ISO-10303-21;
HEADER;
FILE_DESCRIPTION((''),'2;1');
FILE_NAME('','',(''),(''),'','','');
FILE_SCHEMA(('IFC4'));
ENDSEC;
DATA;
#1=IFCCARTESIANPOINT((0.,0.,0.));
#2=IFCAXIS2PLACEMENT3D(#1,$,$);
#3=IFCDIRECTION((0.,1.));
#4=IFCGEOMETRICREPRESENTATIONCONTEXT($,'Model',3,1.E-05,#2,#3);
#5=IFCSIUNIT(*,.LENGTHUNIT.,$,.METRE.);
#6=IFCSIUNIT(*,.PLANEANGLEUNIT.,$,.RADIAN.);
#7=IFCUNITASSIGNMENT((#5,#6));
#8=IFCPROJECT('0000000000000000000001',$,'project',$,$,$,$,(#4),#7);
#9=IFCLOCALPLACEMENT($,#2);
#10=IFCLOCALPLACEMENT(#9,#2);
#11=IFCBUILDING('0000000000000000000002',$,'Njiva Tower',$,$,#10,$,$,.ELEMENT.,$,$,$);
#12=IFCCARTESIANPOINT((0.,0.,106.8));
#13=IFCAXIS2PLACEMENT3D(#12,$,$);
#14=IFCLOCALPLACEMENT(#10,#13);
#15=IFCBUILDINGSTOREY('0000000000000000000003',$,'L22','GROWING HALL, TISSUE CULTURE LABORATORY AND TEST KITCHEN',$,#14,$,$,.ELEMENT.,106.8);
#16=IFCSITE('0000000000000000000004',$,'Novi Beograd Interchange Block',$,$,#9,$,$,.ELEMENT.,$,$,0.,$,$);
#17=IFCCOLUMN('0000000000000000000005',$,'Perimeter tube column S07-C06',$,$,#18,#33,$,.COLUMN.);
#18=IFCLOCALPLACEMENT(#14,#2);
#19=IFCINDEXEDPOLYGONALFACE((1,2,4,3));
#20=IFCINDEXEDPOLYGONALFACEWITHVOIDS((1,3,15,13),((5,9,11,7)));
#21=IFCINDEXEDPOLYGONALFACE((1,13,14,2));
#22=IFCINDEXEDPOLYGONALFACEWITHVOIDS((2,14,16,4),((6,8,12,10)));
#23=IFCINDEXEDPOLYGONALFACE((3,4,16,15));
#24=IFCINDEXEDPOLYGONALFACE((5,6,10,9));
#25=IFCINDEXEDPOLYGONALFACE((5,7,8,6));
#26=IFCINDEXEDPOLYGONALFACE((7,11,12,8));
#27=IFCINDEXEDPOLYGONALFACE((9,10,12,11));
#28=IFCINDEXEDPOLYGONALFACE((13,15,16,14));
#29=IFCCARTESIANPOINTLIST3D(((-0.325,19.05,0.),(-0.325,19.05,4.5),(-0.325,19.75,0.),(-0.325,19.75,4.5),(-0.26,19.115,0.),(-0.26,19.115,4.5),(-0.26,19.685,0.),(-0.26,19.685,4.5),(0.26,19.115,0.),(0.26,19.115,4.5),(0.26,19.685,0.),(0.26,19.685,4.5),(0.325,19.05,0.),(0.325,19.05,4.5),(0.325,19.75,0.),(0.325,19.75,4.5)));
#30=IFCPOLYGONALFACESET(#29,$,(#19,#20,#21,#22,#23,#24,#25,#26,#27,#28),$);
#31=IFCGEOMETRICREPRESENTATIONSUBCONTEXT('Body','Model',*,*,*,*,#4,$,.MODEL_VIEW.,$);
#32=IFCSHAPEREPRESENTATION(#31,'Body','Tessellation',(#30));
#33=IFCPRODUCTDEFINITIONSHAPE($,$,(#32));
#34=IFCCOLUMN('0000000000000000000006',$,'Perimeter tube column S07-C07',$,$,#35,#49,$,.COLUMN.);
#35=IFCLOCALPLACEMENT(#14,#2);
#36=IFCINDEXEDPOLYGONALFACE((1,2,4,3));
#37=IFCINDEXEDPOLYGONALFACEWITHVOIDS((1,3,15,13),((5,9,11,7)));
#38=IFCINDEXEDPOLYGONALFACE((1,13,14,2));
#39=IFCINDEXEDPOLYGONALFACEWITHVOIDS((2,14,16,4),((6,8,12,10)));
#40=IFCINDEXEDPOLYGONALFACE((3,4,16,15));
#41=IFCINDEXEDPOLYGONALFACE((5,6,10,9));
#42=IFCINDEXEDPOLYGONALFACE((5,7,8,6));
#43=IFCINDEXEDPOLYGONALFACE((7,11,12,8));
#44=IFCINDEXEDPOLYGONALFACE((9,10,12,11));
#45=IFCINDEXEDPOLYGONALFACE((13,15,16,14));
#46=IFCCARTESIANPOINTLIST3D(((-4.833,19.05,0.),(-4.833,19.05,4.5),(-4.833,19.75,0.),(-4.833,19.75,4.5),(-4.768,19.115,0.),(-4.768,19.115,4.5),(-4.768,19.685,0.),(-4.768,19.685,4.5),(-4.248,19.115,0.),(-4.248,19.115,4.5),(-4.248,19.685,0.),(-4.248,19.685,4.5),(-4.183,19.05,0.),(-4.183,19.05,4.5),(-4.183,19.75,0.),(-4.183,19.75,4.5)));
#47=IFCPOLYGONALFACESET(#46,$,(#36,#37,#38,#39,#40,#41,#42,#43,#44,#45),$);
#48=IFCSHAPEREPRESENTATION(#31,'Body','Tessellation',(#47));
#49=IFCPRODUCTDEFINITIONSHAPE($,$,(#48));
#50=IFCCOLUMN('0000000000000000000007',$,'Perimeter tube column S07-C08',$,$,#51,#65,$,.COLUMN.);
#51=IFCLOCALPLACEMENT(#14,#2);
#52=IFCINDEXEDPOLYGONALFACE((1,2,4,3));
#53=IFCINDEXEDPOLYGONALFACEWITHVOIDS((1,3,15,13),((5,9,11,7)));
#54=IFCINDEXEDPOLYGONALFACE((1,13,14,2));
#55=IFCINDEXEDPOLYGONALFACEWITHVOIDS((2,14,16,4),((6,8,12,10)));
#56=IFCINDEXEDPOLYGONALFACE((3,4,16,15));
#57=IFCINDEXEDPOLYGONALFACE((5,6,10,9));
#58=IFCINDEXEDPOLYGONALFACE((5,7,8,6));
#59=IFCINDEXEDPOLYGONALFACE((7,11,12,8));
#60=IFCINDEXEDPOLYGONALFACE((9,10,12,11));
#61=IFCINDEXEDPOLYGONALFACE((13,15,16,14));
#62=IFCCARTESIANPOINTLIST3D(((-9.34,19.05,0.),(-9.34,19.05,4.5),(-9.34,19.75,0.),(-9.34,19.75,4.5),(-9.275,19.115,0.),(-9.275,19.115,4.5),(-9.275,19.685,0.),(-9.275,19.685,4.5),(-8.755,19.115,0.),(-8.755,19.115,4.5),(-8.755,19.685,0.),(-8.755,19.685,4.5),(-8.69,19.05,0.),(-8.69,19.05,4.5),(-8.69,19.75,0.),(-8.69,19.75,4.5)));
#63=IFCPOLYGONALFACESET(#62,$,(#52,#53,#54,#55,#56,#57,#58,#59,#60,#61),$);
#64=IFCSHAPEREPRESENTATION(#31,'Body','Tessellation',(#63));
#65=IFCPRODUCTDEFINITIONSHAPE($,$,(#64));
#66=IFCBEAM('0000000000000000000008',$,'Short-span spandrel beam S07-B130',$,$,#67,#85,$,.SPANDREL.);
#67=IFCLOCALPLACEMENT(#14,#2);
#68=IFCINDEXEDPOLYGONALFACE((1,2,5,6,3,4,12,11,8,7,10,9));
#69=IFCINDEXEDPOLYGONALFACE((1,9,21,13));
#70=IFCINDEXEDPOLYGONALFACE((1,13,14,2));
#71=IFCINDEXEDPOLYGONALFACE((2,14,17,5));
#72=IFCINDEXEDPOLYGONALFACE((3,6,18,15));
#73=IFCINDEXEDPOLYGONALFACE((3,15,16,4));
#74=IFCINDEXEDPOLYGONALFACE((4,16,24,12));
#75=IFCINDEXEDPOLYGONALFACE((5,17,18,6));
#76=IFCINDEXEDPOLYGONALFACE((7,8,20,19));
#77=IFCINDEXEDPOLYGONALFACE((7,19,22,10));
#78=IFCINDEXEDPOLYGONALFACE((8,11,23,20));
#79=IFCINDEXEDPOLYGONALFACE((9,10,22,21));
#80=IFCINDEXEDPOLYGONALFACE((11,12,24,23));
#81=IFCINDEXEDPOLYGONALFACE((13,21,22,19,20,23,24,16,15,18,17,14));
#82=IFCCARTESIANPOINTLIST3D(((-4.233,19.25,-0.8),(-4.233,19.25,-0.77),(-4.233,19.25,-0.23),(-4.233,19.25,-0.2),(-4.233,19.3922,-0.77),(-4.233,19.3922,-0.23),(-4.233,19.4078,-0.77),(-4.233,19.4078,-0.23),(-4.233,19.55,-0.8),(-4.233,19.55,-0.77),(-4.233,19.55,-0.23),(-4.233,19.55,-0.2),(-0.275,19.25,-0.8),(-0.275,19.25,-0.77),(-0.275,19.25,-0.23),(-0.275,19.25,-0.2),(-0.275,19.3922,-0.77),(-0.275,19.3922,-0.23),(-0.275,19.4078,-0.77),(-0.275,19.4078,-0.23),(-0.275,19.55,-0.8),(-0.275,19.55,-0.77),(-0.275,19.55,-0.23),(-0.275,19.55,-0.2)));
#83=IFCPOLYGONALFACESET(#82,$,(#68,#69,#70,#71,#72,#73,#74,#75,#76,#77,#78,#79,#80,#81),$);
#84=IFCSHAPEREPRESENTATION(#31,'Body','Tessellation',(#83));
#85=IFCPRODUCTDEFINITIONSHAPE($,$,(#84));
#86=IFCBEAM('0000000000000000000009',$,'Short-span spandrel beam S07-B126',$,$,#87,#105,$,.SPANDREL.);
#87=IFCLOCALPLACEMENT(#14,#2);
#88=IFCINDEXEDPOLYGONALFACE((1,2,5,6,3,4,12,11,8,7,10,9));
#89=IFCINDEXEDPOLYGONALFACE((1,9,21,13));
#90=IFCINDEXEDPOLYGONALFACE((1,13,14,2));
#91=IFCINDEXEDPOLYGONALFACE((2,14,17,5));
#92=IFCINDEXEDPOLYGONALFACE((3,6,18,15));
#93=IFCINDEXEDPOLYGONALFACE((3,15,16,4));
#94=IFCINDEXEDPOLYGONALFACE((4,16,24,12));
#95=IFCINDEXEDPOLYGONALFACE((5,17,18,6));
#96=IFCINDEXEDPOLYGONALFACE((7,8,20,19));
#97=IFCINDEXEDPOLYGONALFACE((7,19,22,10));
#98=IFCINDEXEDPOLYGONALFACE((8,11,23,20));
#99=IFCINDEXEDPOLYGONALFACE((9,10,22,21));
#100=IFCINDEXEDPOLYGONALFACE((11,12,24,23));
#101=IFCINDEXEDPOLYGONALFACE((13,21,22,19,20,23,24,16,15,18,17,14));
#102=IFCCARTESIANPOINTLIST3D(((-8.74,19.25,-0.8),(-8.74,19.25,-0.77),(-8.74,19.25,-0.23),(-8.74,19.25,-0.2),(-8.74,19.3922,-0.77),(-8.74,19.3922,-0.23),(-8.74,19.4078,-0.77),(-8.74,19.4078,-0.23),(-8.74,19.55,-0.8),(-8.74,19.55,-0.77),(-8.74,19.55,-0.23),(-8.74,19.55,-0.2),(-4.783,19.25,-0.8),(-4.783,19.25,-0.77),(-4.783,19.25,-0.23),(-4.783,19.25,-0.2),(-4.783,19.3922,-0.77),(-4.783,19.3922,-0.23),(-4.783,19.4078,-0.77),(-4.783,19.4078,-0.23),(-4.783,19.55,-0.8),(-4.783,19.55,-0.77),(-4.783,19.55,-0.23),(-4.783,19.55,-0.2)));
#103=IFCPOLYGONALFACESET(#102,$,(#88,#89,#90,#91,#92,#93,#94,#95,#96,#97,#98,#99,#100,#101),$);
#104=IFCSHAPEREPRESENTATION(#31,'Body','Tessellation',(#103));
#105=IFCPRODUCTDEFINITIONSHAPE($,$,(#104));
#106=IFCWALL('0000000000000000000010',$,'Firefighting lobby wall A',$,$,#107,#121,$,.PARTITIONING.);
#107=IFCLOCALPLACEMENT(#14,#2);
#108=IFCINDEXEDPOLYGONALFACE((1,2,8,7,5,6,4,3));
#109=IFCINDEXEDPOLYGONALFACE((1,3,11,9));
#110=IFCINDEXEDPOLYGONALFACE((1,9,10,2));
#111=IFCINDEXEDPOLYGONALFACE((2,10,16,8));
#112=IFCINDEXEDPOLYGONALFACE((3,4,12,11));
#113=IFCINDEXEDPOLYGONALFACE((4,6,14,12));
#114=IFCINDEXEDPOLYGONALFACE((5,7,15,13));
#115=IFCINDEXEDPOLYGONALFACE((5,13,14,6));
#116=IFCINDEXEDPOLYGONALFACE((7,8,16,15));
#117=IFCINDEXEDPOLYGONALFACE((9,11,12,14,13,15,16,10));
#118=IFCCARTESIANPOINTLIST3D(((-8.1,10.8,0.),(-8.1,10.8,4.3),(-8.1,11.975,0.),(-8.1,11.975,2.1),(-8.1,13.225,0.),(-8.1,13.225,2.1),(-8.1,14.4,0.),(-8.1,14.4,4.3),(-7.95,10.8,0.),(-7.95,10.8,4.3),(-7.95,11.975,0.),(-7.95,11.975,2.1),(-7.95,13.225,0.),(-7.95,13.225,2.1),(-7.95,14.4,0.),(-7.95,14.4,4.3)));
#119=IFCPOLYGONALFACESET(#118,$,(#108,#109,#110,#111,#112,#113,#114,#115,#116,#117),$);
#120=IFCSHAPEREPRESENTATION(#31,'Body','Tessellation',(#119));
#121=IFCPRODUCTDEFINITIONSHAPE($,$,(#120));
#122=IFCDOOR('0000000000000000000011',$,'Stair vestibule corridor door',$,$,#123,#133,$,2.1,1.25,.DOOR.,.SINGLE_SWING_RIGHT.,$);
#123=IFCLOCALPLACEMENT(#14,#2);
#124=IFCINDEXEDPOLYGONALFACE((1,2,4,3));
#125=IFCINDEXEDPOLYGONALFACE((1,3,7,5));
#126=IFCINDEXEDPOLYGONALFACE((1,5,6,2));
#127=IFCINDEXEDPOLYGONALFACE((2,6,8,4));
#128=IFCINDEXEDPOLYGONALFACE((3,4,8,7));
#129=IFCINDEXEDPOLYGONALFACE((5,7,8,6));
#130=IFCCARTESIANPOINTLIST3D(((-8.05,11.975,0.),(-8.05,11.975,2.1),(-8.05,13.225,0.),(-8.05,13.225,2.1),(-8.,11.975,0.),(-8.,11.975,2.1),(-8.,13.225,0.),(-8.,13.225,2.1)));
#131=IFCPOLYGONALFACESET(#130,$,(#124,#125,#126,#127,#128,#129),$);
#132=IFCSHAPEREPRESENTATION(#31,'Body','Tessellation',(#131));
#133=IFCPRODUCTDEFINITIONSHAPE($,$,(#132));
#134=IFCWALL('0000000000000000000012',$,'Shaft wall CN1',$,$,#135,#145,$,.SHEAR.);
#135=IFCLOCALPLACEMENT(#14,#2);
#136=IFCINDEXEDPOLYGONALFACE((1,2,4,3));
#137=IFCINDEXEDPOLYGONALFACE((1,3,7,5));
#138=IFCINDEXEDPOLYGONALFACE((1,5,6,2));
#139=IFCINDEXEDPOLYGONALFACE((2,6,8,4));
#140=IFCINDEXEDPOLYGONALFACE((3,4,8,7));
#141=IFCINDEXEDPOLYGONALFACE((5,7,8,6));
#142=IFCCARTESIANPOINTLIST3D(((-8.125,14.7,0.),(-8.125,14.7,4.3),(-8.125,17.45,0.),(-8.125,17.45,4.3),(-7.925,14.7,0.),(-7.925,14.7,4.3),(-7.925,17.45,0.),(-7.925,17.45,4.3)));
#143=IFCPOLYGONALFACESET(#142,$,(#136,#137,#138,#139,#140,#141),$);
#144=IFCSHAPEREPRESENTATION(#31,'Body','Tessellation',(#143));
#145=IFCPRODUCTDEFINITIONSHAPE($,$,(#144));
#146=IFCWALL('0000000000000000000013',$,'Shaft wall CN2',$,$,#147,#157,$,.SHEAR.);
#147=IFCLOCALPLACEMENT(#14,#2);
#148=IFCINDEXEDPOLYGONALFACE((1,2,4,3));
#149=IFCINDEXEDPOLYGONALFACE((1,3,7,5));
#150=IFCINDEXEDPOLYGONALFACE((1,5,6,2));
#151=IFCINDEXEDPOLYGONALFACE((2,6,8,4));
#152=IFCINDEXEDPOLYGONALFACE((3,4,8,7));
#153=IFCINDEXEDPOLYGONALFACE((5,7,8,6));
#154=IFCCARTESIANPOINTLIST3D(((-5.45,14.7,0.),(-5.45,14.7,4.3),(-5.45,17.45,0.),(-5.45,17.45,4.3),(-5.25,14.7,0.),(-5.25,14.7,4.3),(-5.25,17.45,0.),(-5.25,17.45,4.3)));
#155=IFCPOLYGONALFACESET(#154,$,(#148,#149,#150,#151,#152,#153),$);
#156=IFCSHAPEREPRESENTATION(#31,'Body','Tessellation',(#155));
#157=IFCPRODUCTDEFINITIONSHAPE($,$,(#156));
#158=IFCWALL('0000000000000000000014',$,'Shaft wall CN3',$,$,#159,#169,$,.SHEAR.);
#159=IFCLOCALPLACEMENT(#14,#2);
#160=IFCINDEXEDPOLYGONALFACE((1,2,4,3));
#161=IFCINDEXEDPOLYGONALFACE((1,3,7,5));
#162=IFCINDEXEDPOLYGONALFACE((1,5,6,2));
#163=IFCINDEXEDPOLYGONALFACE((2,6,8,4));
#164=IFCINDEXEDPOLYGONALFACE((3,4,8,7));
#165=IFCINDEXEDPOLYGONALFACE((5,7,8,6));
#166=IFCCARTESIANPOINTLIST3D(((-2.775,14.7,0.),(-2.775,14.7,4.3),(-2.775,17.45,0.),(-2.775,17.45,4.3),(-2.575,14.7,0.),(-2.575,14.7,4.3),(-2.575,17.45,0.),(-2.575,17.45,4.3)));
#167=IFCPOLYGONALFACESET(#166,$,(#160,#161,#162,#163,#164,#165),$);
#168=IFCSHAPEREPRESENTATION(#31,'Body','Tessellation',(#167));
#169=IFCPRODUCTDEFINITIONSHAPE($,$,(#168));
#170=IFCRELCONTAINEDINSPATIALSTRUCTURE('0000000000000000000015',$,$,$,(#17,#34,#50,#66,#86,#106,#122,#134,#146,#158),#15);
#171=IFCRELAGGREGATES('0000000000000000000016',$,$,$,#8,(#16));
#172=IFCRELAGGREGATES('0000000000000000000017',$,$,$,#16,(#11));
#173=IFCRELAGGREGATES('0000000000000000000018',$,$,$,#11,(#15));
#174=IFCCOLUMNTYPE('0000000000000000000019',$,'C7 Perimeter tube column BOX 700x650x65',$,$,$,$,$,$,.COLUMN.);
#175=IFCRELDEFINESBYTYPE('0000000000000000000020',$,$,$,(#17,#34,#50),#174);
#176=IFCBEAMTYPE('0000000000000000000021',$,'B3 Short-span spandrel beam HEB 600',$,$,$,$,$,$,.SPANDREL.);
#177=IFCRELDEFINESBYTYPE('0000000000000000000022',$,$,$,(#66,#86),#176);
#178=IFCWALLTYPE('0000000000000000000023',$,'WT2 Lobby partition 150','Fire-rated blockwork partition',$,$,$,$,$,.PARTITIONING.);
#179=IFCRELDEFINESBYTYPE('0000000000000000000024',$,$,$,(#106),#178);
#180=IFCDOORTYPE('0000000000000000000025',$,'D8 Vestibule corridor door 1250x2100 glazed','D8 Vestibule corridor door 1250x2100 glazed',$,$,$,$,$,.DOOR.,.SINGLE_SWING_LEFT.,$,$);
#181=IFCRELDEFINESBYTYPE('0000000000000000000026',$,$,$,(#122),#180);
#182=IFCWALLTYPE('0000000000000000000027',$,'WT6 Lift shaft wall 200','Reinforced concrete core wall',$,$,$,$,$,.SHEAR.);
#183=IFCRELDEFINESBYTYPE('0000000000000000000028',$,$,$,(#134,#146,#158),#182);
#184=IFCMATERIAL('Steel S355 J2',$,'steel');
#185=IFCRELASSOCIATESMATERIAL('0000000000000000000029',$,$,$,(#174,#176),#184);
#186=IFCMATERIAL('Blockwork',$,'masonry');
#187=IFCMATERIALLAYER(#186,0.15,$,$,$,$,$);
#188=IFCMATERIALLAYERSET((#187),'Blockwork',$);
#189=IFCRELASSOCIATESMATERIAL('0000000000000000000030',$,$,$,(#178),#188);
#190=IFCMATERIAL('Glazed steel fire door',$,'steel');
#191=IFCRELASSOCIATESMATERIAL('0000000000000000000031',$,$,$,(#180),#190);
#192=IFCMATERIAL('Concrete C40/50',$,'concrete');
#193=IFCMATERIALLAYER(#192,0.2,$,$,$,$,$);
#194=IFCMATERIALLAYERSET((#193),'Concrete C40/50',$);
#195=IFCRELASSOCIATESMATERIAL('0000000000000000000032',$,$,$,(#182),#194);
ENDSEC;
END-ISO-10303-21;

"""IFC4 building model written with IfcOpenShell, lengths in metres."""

from ifc_helpers import new_model, si_unit, direction, frame, frame_2d, origin, origin_2d, place, context, subcontext, project, spatial, rectangle, hollow_rectangle, i_section, extrude, material, layer, layer_set, material_profile, profile_set, type_object, element, fill, save


model = new_model("IFC4")

# Units and contexts
model_context = context("Model", 3, precision=1e-05, world=origin(), true_north=direction((0.0, 1.0)))
body_context = subcontext(model_context, "Body", "Model", "MODEL_VIEW")
ifc_project = project(units=[si_unit("LENGTHUNIT", "METRE"), si_unit("PLANEANGLEUNIT", "RADIAN")], contexts=[model_context])

# Site, building, storey
site_placement = place(None, origin())
site = spatial("IfcSite", under=ifc_project, at=site_placement, Name="Novi Beograd Interchange Block", CompositionType="ELEMENT", RefElevation=0.0)
building_placement = place(site_placement, origin())
building = spatial("IfcBuilding", under=site, at=building_placement, Name="Njiva Tower", CompositionType="ELEMENT")
storey_placement = place(building_placement, frame((0.0, 0.0, 106.8)))
storey = spatial("IfcBuildingStorey", under=building, at=storey_placement, Name="L22", Description="GROWING HALL, TISSUE CULTURE LABORATORY AND TEST KITCHEN", CompositionType="ELEMENT", Elevation=106.8)

# Columns
ifc_material_1 = material(Name="Steel S355 J2", Category="steel")
ifc_material_profile_1 = material_profile(ifc_material_1, hollow_rectangle(XDim=0.65, YDim=0.7, WallThickness=0.065, at=origin_2d()), Name="BOX 700x650x65")
ifc_profile_set_1 = profile_set([ifc_material_profile_1], Name="Steel S355 J2")
column_type = type_object("IfcColumnType", Name="C7 Perimeter tube column BOX 700x650x65", PredefinedType="COLUMN", material=ifc_profile_set_1)
for number, where, z_axis, x_axis, name in (
    (1, (0.0, 19.4, 0.0), (0.0, 0.0, 1.0), (-1.0, 0.0, 0.0), "Perimeter tube column S07-C06"),
    (2, (-4.508, 19.4, 0.0), (0.0, 0.0, 1.0), (-1.0, 0.0, 0.0), "Perimeter tube column S07-C07"),
    (3, (-9.015, 19.4, 0.0), (0.0, 0.0, 1.0), (-1.0, 0.0, 0.0), "Perimeter tube column S07-C08"),
):
    element("IfcColumn", number, at=place(storey_placement, frame(where, z_axis=z_axis, x_axis=x_axis)), inside=storey, type_object=column_type, Name=name, PredefinedType="COLUMN", context=body_context, shape_type="SweptSolid", body=[
        extrude(hollow_rectangle(XDim=0.65, YDim=0.7, WallThickness=0.065, at=origin_2d()), origin(), (0.0, 0.0, 1.0), 4.5),
    ])

# Beams
ifc_material_profile_2 = material_profile(ifc_material_1, i_section(OverallWidth=0.3, OverallDepth=0.6, WebThickness=0.0155, FlangeThickness=0.03, at=origin_2d()), Name="HEB 600")
ifc_profile_set_2 = profile_set([ifc_material_profile_2], Name="Steel S355 J2")
beam_type = type_object("IfcBeamType", Name="B3 Short-span spandrel beam HEB 600", PredefinedType="SPANDREL", material=ifc_profile_set_2)
beam_1_placement = place(storey_placement, frame((-0.275, 19.4, -0.5), z_axis=(-1.0, 0.0, 0.0), x_axis=(0.0, -1.0, 0.0)))
element("IfcBeam", 4, at=beam_1_placement, inside=storey, type_object=beam_type, Name="Short-span spandrel beam S07-B130", PredefinedType="SPANDREL", context=body_context, shape_type="SweptSolid", body=[
    extrude(i_section(OverallWidth=0.3, OverallDepth=0.6, WebThickness=0.0155, FlangeThickness=0.03, at=origin_2d()), origin(), (0.0, 0.0, 1.0), 3.958),
])
beam_2_placement = place(storey_placement, frame((-4.783, 19.4, -0.5), z_axis=(-1.0, 0.0, 0.0), x_axis=(0.0, -1.0, 0.0)))
element("IfcBeam", 5, at=beam_2_placement, inside=storey, type_object=beam_type, Name="Short-span spandrel beam S07-B126", PredefinedType="SPANDREL", context=body_context, shape_type="SweptSolid", body=[
    extrude(i_section(OverallWidth=0.3, OverallDepth=0.6, WebThickness=0.0155, FlangeThickness=0.03, at=origin_2d()), origin(), (0.0, 0.0, 1.0), 3.957),
])

# Wall, opening, door
ifc_material_2 = material(Name="Blockwork", Category="masonry")
ifc_layer_1 = layer(ifc_material_2, 0.15)
ifc_layer_set_1 = layer_set([ifc_layer_1], Name="Blockwork")
wall_type_1 = type_object("IfcWallType", Name="WT2 Lobby partition 150", Description="Fire-rated blockwork partition", PredefinedType="PARTITIONING", material=ifc_layer_set_1)
wall_placement = place(storey_placement, frame((-8.025, 10.8, 0.0), z_axis=(0.0, 0.0, 1.0), x_axis=(0.0, 1.0, 0.0)))
wall = element("IfcWall", 6, at=wall_placement, inside=storey, type_object=wall_type_1, Name="Firefighting lobby wall A", PredefinedType="PARTITIONING", context=body_context, shape_type="SweptSolid", body=[
    extrude(rectangle(XDim=3.6, YDim=0.15, at=frame_2d((1.8, 0.0))), origin(), (0.0, 0.0, 1.0), 4.3),
])
opening_placement = place(wall_placement, frame((1.175, 0.0, 0.0)))
opening = element("IfcOpeningElement", 7, at=opening_placement, cuts=wall, PredefinedType="OPENING", context=body_context, shape_type="SweptSolid", body=[
    extrude(rectangle(XDim=1.25, YDim=2.1, at=frame_2d((0.625, 1.05))), frame((0.0, 0.085, 0.0), z_axis=(0.0, -1.0, 0.0), x_axis=(1.0, 0.0, 0.0)), (0.0, 0.0, 1.0), 0.17),
])
ifc_material_3 = material(Name="Glazed steel fire door", Category="steel")
door_type = type_object("IfcDoorType", Name="D8 Vestibule corridor door 1250x2100 glazed", Description="D8 Vestibule corridor door 1250x2100 glazed", OperationType="SINGLE_SWING_LEFT", PredefinedType="DOOR", material=ifc_material_3)
door_placement = place(opening_placement, origin())
door = element("IfcDoor", 8, at=door_placement, inside=storey, type_object=door_type, Name="Stair vestibule corridor door", OperationType="SINGLE_SWING_RIGHT", OverallHeight=2.1, OverallWidth=1.25, PredefinedType="DOOR", context=body_context, shape_type="SweptSolid", body=[
    extrude(rectangle(XDim=1.25, YDim=2.1, at=frame_2d((0.625, 1.05))), frame((0.0, 0.025, 0.0), z_axis=(0.0, -1.0, 0.0), x_axis=(1.0, 0.0, 0.0)), (0.0, 0.0, 1.0), 0.05),
])
fill(opening, door)

# Walls
ifc_material_4 = material(Name="Concrete C40/50", Category="concrete")
ifc_layer_2 = layer(ifc_material_4, 0.2)
ifc_layer_set_2 = layer_set([ifc_layer_2], Name="Concrete C40/50")
wall_type_2 = type_object("IfcWallType", Name="WT6 Lift shaft wall 200", Description="Reinforced concrete core wall", PredefinedType="SHEAR", material=ifc_layer_set_2)
for number, where, z_axis, x_axis, name in (
    (9, (-8.025, 14.7, 0.0), (0.0, 0.0, 1.0), (0.0, 1.0, 0.0), "Shaft wall CN1"),
    (10, (-5.35, 14.7, 0.0), (0.0, 0.0, 1.0), (0.0, 1.0, 0.0), "Shaft wall CN2"),
    (11, (-2.675, 14.7, 0.0), (0.0, 0.0, 1.0), (0.0, 1.0, 0.0), "Shaft wall CN3"),
):
    element("IfcWall", number, at=place(storey_placement, frame(where, z_axis=z_axis, x_axis=x_axis)), inside=storey, type_object=wall_type_2, Name=name, PredefinedType="SHEAR", context=body_context, shape_type="SweptSolid", body=[
        extrude(rectangle(XDim=2.75, YDim=0.2, at=frame_2d((1.375, 0.0))), origin(), (0.0, 0.0, 1.0), 4.3),
    ])

save(model, "model.ifc")
